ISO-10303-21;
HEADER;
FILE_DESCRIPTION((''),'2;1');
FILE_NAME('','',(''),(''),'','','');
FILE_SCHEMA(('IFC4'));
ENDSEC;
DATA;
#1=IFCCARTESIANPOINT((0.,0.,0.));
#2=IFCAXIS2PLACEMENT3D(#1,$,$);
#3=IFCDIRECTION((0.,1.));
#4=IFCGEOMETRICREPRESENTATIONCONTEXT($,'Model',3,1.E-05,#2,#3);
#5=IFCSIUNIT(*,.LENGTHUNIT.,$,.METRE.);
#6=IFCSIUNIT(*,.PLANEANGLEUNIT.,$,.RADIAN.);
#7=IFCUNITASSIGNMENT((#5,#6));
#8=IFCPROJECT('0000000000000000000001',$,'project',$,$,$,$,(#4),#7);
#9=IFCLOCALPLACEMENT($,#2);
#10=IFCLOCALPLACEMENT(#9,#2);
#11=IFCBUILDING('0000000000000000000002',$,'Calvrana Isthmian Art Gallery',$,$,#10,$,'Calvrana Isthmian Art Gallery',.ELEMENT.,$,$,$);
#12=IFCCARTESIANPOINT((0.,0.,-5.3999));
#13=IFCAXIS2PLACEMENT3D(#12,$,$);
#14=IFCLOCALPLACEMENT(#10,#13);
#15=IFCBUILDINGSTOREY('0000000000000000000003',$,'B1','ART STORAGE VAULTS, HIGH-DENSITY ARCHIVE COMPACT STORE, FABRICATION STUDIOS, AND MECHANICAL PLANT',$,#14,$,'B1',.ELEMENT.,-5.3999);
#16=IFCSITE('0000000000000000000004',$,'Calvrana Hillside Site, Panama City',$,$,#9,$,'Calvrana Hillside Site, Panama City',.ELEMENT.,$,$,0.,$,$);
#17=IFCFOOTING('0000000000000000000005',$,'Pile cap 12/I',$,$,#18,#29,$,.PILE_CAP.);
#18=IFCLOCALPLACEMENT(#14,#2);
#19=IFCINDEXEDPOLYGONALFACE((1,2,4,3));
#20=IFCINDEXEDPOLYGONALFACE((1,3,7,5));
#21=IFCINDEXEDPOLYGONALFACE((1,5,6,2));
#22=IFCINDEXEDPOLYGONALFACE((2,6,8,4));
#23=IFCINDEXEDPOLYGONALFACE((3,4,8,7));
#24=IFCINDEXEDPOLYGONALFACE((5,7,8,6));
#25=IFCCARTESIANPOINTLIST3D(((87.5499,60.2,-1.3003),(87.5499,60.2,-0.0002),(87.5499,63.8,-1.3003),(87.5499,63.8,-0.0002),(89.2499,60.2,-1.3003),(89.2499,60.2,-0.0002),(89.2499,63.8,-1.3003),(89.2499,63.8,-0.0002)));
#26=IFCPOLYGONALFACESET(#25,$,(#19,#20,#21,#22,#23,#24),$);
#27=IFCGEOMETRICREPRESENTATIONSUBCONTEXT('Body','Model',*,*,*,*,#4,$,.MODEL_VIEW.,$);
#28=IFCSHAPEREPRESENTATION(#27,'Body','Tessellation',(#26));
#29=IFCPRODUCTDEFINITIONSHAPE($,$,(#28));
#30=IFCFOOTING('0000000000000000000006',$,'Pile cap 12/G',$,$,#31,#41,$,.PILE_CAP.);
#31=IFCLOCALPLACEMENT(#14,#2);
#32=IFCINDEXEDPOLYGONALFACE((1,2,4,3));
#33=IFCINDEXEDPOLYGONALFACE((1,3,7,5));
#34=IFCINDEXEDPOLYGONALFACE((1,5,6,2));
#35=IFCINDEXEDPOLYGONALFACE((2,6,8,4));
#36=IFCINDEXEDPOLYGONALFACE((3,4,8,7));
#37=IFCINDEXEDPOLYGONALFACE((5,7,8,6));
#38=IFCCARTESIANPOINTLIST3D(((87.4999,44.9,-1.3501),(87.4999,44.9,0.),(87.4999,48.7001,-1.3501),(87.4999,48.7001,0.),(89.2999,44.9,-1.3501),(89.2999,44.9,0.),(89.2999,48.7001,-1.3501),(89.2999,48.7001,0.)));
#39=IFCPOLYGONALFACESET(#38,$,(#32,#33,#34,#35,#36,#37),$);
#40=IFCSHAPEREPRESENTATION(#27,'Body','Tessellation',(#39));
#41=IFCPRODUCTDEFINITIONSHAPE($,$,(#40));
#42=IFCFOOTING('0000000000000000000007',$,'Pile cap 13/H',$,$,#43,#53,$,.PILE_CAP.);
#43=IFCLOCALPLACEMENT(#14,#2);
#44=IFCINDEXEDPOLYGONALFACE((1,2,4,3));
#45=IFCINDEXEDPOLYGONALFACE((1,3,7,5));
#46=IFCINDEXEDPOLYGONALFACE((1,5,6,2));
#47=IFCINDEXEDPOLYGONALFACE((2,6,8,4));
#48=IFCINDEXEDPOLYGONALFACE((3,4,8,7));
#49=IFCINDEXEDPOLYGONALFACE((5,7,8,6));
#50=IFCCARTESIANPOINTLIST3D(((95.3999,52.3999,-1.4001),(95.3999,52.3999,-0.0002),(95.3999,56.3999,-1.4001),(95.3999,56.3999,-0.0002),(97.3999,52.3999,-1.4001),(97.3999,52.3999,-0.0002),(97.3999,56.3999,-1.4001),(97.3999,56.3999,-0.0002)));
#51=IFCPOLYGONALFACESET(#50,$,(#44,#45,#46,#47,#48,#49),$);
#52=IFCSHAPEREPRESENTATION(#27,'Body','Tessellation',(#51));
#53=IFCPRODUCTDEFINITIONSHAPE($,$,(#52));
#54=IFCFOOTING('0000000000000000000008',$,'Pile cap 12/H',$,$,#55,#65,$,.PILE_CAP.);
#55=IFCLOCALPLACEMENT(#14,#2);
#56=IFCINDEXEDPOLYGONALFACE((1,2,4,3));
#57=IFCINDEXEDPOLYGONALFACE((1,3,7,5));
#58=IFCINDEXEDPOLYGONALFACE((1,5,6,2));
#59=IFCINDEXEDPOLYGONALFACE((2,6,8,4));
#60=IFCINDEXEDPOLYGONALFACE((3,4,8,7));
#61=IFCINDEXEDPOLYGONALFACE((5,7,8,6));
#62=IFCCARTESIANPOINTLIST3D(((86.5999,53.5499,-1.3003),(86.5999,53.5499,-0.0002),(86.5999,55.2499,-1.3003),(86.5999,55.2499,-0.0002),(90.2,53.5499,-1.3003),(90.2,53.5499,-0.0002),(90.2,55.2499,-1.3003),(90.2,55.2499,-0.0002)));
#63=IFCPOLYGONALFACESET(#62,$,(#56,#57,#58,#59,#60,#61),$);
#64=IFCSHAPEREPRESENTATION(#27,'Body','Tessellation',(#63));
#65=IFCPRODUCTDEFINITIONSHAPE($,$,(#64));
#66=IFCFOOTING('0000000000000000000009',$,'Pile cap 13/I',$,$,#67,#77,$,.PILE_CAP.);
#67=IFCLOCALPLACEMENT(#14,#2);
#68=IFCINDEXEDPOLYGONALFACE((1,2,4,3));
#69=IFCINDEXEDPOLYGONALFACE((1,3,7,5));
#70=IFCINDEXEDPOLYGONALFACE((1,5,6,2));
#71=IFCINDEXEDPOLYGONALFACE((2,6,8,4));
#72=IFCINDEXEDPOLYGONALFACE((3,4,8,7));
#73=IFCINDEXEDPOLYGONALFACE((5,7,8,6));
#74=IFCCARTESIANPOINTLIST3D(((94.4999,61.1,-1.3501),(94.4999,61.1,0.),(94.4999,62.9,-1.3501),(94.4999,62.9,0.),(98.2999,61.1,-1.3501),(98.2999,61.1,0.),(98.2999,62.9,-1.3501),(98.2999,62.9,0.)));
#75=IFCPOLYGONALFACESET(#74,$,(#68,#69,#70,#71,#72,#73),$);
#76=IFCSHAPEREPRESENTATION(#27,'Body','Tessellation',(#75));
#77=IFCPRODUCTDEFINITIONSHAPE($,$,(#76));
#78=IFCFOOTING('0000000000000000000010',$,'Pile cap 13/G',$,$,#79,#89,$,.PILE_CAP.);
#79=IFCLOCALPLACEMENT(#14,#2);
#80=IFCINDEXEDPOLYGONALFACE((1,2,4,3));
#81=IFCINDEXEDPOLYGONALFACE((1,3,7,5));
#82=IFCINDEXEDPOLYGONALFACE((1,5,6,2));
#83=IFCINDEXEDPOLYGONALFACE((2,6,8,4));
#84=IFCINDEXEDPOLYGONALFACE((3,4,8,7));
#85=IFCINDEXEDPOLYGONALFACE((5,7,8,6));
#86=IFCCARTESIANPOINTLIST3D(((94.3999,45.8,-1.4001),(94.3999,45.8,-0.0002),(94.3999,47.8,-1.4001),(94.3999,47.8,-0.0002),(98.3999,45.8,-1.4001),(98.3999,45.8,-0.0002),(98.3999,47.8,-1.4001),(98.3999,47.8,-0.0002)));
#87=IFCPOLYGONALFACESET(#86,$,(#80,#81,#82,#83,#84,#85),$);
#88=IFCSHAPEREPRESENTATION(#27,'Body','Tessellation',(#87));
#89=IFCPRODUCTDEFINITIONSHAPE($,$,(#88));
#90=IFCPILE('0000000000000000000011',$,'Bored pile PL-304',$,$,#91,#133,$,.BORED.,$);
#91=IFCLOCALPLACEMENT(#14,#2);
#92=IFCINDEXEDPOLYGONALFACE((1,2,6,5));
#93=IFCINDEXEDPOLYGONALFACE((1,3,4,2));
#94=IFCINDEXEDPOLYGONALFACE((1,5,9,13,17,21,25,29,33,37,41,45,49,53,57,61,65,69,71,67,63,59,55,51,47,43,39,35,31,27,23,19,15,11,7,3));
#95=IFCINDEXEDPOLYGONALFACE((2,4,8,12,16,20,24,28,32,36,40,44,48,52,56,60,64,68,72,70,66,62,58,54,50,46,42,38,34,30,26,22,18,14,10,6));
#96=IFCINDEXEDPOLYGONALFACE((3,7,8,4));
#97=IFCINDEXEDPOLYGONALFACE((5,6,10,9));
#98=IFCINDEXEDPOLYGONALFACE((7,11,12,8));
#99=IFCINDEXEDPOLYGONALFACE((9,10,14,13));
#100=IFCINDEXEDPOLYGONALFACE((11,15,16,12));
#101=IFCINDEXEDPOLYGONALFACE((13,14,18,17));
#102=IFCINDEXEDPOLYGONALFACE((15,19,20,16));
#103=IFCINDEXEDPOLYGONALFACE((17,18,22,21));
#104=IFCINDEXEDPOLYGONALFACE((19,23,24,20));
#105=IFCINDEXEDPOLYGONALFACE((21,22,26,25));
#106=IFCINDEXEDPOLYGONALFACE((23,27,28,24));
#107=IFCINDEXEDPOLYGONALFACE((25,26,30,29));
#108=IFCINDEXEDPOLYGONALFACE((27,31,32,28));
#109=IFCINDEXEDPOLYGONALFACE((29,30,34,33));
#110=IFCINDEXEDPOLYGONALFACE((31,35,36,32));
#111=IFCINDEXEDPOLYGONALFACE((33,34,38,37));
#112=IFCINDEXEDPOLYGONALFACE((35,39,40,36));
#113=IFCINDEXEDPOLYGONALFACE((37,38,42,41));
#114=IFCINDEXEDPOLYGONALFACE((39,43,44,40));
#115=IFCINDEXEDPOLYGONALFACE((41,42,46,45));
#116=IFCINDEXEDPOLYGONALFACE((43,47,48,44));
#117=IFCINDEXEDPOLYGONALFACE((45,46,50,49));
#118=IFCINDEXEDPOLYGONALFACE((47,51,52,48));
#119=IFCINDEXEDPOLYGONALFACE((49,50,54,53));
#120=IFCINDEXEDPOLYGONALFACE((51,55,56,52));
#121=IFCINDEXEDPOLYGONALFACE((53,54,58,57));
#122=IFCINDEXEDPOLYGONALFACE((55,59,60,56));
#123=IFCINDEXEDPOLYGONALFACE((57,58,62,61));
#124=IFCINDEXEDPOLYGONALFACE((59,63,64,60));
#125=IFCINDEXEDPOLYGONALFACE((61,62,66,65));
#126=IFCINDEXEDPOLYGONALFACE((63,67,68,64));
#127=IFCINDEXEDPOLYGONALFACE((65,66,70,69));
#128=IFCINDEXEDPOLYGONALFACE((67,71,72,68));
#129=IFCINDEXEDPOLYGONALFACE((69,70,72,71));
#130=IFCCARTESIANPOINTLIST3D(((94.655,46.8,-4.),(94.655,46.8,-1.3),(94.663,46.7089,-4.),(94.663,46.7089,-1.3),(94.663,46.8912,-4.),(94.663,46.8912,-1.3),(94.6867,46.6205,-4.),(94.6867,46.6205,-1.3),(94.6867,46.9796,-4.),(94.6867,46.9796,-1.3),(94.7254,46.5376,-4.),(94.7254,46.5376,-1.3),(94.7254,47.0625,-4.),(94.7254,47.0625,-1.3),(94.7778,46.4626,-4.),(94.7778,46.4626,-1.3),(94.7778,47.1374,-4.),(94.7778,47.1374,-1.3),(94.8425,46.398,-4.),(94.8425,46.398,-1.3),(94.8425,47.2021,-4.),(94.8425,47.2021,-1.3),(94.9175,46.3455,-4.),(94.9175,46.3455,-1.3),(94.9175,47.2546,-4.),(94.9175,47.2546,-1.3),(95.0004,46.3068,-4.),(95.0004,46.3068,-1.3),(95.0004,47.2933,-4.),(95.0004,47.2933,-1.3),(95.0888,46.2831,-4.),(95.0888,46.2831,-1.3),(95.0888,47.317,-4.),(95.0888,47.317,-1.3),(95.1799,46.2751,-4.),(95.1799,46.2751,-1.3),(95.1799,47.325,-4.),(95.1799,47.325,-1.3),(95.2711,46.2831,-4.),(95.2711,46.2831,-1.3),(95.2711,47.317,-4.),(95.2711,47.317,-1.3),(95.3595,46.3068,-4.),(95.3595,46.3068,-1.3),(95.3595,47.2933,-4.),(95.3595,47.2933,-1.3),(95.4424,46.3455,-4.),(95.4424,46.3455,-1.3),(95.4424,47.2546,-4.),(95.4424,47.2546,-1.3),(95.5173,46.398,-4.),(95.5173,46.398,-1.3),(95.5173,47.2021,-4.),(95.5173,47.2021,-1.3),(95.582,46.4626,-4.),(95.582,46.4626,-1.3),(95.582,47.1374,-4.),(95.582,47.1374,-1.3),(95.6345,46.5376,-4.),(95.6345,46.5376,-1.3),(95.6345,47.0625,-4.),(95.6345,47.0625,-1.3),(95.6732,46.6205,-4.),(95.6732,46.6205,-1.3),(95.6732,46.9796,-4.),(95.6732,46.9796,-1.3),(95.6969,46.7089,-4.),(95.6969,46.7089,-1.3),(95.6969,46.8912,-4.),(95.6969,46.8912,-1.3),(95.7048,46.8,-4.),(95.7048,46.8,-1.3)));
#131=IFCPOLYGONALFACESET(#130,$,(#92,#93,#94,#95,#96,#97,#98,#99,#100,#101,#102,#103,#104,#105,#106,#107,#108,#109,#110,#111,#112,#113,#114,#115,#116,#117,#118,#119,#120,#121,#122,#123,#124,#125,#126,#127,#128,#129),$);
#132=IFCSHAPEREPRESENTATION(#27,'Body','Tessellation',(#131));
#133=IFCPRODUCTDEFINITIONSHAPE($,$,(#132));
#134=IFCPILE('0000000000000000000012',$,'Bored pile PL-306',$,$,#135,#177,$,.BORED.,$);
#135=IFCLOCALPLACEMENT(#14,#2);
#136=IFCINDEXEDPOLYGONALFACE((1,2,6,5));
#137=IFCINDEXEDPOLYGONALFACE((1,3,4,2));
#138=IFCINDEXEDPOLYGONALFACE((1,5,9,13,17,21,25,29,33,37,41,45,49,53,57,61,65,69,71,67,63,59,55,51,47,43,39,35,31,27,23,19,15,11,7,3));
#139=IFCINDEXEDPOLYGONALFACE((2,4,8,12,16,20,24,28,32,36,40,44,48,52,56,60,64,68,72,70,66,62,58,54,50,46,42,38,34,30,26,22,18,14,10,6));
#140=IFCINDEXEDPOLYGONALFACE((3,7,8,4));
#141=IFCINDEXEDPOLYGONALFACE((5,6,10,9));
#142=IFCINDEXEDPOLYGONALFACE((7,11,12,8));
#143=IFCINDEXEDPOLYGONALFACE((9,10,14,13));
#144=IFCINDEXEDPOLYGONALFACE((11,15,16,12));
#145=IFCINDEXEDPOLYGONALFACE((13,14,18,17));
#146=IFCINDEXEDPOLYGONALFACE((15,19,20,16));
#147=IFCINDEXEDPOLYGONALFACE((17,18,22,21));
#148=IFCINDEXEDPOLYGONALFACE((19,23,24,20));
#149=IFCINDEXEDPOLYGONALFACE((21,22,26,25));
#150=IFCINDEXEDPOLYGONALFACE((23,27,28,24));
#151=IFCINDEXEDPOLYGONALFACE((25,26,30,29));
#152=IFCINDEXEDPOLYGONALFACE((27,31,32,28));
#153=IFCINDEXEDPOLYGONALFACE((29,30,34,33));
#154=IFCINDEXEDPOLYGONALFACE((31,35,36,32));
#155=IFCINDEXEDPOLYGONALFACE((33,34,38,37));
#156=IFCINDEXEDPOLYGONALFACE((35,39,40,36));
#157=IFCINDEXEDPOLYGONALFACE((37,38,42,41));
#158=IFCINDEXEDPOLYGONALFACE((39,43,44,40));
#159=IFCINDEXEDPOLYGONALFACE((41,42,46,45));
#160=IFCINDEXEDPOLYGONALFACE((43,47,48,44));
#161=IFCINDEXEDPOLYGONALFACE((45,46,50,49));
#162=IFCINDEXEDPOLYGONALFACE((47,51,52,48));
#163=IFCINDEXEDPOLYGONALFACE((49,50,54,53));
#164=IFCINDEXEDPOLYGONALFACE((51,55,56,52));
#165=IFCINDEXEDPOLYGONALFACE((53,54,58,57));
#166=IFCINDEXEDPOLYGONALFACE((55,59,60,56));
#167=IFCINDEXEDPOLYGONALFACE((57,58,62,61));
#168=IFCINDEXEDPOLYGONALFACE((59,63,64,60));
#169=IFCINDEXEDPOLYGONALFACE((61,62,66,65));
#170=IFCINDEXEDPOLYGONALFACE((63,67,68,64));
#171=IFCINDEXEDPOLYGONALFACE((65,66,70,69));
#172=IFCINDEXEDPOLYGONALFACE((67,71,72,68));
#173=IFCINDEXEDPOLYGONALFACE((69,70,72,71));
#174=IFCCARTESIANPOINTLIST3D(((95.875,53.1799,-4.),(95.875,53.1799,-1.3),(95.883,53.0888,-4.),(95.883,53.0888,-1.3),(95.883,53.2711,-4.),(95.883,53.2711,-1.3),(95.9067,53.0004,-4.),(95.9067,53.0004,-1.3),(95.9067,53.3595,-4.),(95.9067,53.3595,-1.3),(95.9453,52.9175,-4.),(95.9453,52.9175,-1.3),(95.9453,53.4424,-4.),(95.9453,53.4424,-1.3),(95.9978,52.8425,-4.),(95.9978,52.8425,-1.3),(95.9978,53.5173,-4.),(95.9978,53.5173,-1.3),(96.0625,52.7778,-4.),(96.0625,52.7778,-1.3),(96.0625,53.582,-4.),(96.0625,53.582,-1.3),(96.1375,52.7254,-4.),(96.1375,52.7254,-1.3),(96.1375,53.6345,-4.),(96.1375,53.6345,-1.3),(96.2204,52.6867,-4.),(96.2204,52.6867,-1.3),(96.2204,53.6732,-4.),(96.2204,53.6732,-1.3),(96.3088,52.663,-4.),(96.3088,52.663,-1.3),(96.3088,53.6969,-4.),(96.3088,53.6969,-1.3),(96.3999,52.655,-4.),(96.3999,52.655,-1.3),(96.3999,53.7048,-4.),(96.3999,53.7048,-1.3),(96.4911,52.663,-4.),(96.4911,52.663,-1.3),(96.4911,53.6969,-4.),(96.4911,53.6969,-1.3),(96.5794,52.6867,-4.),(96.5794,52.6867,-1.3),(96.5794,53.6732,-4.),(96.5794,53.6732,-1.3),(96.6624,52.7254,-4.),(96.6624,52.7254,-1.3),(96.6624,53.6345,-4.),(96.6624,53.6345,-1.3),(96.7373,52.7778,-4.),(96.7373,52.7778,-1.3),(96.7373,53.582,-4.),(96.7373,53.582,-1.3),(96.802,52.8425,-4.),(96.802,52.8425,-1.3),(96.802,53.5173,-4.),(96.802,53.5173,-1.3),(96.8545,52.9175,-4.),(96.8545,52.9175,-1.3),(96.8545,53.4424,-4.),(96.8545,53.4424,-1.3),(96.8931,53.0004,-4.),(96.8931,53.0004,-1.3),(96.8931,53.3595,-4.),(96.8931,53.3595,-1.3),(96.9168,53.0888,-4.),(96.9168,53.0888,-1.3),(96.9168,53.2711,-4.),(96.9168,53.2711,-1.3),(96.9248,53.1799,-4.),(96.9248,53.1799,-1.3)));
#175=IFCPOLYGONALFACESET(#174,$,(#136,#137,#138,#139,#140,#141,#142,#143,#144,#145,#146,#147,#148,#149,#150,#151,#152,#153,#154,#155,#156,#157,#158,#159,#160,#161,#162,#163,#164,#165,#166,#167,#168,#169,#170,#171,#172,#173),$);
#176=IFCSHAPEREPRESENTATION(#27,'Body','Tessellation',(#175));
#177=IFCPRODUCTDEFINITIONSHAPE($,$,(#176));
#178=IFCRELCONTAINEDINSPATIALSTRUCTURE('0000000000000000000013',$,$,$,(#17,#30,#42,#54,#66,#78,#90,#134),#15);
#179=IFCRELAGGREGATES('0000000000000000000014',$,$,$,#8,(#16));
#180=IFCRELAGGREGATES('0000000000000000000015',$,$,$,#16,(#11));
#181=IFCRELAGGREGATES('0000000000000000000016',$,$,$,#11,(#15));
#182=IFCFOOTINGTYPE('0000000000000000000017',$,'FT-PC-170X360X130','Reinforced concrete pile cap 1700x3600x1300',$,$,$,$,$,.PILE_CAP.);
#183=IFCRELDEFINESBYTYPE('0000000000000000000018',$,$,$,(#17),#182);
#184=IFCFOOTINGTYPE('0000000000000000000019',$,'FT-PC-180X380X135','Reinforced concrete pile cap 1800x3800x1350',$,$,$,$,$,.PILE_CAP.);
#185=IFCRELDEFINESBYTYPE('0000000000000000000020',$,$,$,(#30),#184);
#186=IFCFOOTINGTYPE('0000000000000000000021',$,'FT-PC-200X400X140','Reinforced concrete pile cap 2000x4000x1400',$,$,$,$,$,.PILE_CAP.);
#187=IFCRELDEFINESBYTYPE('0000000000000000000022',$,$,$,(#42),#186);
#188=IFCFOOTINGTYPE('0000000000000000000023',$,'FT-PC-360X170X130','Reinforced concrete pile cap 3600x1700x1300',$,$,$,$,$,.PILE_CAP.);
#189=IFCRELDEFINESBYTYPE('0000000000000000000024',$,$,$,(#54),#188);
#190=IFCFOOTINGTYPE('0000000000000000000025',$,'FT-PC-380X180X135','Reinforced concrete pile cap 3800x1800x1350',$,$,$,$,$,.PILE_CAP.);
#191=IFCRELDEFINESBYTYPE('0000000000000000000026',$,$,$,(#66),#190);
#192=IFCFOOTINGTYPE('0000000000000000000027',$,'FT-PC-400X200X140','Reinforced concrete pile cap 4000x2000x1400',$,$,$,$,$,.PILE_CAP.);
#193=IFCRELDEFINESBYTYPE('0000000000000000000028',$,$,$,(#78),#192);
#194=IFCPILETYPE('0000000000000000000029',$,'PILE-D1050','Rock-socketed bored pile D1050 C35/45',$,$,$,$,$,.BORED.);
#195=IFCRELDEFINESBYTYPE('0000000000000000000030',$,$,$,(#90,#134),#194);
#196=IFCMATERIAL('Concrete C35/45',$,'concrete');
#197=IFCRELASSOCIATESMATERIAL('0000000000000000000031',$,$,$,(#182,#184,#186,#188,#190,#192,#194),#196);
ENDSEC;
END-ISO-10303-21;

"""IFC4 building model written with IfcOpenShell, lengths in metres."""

from ifc_helpers import new_model, si_unit, direction, frame, origin, origin_2d, place, context, subcontext, project, spatial, rectangle, circle, extrude, material, material_profile, profile_set, type_object, element, save


model = new_model("IFC4")

# Units and contexts
model_context = context("Model", 3, precision=1e-05, world=origin(), true_north=direction((0.0, 1.0)))
body_context = subcontext(model_context, "Body", "Model", "MODEL_VIEW")
ifc_project = project(units=[si_unit("LENGTHUNIT", "METRE"), si_unit("PLANEANGLEUNIT", "RADIAN")], contexts=[model_context])

# Site, building, storey
site_placement = place(None, origin())
site = spatial("IfcSite", under=ifc_project, at=site_placement, Name="Calvrana Hillside Site, Panama City", LongName="Calvrana Hillside Site, Panama City", CompositionType="ELEMENT", RefElevation=0.0)
building_placement = place(site_placement, origin())
building = spatial("IfcBuilding", under=site, at=building_placement, Name="Calvrana Isthmian Art Gallery", LongName="Calvrana Isthmian Art Gallery", CompositionType="ELEMENT")
storey_placement = place(building_placement, frame((0.0, 0.0, -5.3999)))
storey = spatial("IfcBuildingStorey", under=building, at=storey_placement, Name="B1", Description="ART STORAGE VAULTS, HIGH-DENSITY ARCHIVE COMPACT STORE, FABRICATION STUDIOS, AND MECHANICAL PLANT", LongName="B1", CompositionType="ELEMENT", Elevation=-5.3999)

# Footings
ifc_material_1 = material(Name="Concrete C35/45", Category="concrete")
footing_type_1 = type_object("IfcFootingType", Name="FT-PC-170X360X130", Description="Reinforced concrete pile cap 1700x3600x1300", PredefinedType="PILE_CAP", material=ifc_material_1)
footing_1_placement = place(storey_placement, frame((88.3999, 62.0, -1.3003), z_axis=(0.0, 0.0, 1.0), x_axis=(1.0, 0.0, 0.0)))
element("IfcFooting", 1, at=footing_1_placement, inside=storey, type_object=footing_type_1, Name="Pile cap 12/I", PredefinedType="PILE_CAP", context=body_context, shape_type="SweptSolid", body=[
    extrude(rectangle(XDim=1.7, YDim=3.6001, at=origin_2d()), origin(), (0.0, 0.0, 1.0), 1.3),
])
footing_type_2 = type_object("IfcFootingType", Name="FT-PC-180X380X135", Description="Reinforced concrete pile cap 1800x3800x1350", PredefinedType="PILE_CAP", material=ifc_material_1)
footing_2_placement = place(storey_placement, frame((88.3999, 46.8, -1.3501), z_axis=(0.0, 0.0, 1.0), x_axis=(1.0, 0.0, 0.0)))
element("IfcFooting", 2, at=footing_2_placement, inside=storey, type_object=footing_type_2, Name="Pile cap 12/G", PredefinedType="PILE_CAP", context=body_context, shape_type="SweptSolid", body=[
    extrude(rectangle(XDim=1.8, YDim=3.8, at=origin_2d()), origin(), (0.0, 0.0, 1.0), 1.3501),
])
footing_type_3 = type_object("IfcFootingType", Name="FT-PC-200X400X140", Description="Reinforced concrete pile cap 2000x4000x1400", PredefinedType="PILE_CAP", material=ifc_material_1)
footing_3_placement = place(storey_placement, frame((96.3999, 54.3999, -1.4001), z_axis=(0.0, 0.0, 1.0), x_axis=(1.0, 0.0, 0.0)))
element("IfcFooting", 3, at=footing_3_placement, inside=storey, type_object=footing_type_3, Name="Pile cap 13/H", PredefinedType="PILE_CAP", context=body_context, shape_type="SweptSolid", body=[
    extrude(rectangle(XDim=2.0, YDim=4.0, at=origin_2d()), origin(), (0.0, 0.0, 1.0), 1.3999),
])
footing_type_4 = type_object("IfcFootingType", Name="FT-PC-360X170X130", Description="Reinforced concrete pile cap 3600x1700x1300", PredefinedType="PILE_CAP", material=ifc_material_1)
footing_4_placement = place(storey_placement, frame((88.3999, 54.3999, -1.3003), z_axis=(0.0, 0.0, 1.0), x_axis=(1.0, 0.0, 0.0)))
element("IfcFooting", 4, at=footing_4_placement, inside=storey, type_object=footing_type_4, Name="Pile cap 12/H", PredefinedType="PILE_CAP", context=body_context, shape_type="SweptSolid", body=[
    extrude(rectangle(XDim=3.6001, YDim=1.7, at=origin_2d()), origin(), (0.0, 0.0, 1.0), 1.3),
])
footing_type_5 = type_object("IfcFootingType", Name="FT-PC-380X180X135", Description="Reinforced concrete pile cap 3800x1800x1350", PredefinedType="PILE_CAP", material=ifc_material_1)
footing_5_placement = place(storey_placement, frame((96.3999, 62.0, -1.3501), z_axis=(0.0, 0.0, 1.0), x_axis=(1.0, 0.0, 0.0)))
element("IfcFooting", 5, at=footing_5_placement, inside=storey, type_object=footing_type_5, Name="Pile cap 13/I", PredefinedType="PILE_CAP", context=body_context, shape_type="SweptSolid", body=[
    extrude(rectangle(XDim=3.8, YDim=1.8, at=origin_2d()), origin(), (0.0, 0.0, 1.0), 1.3501),
])
footing_type_6 = type_object("IfcFootingType", Name="FT-PC-400X200X140", Description="Reinforced concrete pile cap 4000x2000x1400", PredefinedType="PILE_CAP", material=ifc_material_1)
footing_6_placement = place(storey_placement, frame((96.3999, 46.8, -1.4001), z_axis=(0.0, 0.0, 1.0), x_axis=(1.0, 0.0, 0.0)))
element("IfcFooting", 6, at=footing_6_placement, inside=storey, type_object=footing_type_6, Name="Pile cap 13/G", PredefinedType="PILE_CAP", context=body_context, shape_type="SweptSolid", body=[
    extrude(rectangle(XDim=4.0, YDim=2.0, at=origin_2d()), origin(), (0.0, 0.0, 1.0), 1.3999),
])

# Piles
ifc_material_profile_1 = material_profile(ifc_material_1, circle(Radius=0.5249, at=origin_2d()), Name="PILE1050D")
ifc_profile_set_1 = profile_set([ifc_material_profile_1], Name="Concrete C35/45")
pile_type_1 = type_object("IfcPileType", Name="PILE-D1050", Description="Rock-socketed bored pile D1050 C35/45", PredefinedType="BORED", material=ifc_profile_set_1)
for number, where, z_axis, x_axis, name in (
    (7, (95.1799, 46.8, -1.3), (0.0, 0.0, -1.0), (1.0, 0.0, 0.0), "Bored pile PL-304"),
    (8, (96.3999, 53.1799, -1.3), (0.0, 0.0, -1.0), (1.0, 0.0, 0.0), "Bored pile PL-306"),
):
    element("IfcPile", number, at=place(storey_placement, frame(where, z_axis=z_axis, x_axis=x_axis)), inside=storey, type_object=pile_type_1, Name=name, PredefinedType="BORED", context=body_context, shape_type="SweptSolid", body=[
        extrude(circle(Radius=0.5249, at=origin_2d()), origin(), (0.0, 0.0, 1.0), 2.7),
    ])

save(model, "model.ifc")
